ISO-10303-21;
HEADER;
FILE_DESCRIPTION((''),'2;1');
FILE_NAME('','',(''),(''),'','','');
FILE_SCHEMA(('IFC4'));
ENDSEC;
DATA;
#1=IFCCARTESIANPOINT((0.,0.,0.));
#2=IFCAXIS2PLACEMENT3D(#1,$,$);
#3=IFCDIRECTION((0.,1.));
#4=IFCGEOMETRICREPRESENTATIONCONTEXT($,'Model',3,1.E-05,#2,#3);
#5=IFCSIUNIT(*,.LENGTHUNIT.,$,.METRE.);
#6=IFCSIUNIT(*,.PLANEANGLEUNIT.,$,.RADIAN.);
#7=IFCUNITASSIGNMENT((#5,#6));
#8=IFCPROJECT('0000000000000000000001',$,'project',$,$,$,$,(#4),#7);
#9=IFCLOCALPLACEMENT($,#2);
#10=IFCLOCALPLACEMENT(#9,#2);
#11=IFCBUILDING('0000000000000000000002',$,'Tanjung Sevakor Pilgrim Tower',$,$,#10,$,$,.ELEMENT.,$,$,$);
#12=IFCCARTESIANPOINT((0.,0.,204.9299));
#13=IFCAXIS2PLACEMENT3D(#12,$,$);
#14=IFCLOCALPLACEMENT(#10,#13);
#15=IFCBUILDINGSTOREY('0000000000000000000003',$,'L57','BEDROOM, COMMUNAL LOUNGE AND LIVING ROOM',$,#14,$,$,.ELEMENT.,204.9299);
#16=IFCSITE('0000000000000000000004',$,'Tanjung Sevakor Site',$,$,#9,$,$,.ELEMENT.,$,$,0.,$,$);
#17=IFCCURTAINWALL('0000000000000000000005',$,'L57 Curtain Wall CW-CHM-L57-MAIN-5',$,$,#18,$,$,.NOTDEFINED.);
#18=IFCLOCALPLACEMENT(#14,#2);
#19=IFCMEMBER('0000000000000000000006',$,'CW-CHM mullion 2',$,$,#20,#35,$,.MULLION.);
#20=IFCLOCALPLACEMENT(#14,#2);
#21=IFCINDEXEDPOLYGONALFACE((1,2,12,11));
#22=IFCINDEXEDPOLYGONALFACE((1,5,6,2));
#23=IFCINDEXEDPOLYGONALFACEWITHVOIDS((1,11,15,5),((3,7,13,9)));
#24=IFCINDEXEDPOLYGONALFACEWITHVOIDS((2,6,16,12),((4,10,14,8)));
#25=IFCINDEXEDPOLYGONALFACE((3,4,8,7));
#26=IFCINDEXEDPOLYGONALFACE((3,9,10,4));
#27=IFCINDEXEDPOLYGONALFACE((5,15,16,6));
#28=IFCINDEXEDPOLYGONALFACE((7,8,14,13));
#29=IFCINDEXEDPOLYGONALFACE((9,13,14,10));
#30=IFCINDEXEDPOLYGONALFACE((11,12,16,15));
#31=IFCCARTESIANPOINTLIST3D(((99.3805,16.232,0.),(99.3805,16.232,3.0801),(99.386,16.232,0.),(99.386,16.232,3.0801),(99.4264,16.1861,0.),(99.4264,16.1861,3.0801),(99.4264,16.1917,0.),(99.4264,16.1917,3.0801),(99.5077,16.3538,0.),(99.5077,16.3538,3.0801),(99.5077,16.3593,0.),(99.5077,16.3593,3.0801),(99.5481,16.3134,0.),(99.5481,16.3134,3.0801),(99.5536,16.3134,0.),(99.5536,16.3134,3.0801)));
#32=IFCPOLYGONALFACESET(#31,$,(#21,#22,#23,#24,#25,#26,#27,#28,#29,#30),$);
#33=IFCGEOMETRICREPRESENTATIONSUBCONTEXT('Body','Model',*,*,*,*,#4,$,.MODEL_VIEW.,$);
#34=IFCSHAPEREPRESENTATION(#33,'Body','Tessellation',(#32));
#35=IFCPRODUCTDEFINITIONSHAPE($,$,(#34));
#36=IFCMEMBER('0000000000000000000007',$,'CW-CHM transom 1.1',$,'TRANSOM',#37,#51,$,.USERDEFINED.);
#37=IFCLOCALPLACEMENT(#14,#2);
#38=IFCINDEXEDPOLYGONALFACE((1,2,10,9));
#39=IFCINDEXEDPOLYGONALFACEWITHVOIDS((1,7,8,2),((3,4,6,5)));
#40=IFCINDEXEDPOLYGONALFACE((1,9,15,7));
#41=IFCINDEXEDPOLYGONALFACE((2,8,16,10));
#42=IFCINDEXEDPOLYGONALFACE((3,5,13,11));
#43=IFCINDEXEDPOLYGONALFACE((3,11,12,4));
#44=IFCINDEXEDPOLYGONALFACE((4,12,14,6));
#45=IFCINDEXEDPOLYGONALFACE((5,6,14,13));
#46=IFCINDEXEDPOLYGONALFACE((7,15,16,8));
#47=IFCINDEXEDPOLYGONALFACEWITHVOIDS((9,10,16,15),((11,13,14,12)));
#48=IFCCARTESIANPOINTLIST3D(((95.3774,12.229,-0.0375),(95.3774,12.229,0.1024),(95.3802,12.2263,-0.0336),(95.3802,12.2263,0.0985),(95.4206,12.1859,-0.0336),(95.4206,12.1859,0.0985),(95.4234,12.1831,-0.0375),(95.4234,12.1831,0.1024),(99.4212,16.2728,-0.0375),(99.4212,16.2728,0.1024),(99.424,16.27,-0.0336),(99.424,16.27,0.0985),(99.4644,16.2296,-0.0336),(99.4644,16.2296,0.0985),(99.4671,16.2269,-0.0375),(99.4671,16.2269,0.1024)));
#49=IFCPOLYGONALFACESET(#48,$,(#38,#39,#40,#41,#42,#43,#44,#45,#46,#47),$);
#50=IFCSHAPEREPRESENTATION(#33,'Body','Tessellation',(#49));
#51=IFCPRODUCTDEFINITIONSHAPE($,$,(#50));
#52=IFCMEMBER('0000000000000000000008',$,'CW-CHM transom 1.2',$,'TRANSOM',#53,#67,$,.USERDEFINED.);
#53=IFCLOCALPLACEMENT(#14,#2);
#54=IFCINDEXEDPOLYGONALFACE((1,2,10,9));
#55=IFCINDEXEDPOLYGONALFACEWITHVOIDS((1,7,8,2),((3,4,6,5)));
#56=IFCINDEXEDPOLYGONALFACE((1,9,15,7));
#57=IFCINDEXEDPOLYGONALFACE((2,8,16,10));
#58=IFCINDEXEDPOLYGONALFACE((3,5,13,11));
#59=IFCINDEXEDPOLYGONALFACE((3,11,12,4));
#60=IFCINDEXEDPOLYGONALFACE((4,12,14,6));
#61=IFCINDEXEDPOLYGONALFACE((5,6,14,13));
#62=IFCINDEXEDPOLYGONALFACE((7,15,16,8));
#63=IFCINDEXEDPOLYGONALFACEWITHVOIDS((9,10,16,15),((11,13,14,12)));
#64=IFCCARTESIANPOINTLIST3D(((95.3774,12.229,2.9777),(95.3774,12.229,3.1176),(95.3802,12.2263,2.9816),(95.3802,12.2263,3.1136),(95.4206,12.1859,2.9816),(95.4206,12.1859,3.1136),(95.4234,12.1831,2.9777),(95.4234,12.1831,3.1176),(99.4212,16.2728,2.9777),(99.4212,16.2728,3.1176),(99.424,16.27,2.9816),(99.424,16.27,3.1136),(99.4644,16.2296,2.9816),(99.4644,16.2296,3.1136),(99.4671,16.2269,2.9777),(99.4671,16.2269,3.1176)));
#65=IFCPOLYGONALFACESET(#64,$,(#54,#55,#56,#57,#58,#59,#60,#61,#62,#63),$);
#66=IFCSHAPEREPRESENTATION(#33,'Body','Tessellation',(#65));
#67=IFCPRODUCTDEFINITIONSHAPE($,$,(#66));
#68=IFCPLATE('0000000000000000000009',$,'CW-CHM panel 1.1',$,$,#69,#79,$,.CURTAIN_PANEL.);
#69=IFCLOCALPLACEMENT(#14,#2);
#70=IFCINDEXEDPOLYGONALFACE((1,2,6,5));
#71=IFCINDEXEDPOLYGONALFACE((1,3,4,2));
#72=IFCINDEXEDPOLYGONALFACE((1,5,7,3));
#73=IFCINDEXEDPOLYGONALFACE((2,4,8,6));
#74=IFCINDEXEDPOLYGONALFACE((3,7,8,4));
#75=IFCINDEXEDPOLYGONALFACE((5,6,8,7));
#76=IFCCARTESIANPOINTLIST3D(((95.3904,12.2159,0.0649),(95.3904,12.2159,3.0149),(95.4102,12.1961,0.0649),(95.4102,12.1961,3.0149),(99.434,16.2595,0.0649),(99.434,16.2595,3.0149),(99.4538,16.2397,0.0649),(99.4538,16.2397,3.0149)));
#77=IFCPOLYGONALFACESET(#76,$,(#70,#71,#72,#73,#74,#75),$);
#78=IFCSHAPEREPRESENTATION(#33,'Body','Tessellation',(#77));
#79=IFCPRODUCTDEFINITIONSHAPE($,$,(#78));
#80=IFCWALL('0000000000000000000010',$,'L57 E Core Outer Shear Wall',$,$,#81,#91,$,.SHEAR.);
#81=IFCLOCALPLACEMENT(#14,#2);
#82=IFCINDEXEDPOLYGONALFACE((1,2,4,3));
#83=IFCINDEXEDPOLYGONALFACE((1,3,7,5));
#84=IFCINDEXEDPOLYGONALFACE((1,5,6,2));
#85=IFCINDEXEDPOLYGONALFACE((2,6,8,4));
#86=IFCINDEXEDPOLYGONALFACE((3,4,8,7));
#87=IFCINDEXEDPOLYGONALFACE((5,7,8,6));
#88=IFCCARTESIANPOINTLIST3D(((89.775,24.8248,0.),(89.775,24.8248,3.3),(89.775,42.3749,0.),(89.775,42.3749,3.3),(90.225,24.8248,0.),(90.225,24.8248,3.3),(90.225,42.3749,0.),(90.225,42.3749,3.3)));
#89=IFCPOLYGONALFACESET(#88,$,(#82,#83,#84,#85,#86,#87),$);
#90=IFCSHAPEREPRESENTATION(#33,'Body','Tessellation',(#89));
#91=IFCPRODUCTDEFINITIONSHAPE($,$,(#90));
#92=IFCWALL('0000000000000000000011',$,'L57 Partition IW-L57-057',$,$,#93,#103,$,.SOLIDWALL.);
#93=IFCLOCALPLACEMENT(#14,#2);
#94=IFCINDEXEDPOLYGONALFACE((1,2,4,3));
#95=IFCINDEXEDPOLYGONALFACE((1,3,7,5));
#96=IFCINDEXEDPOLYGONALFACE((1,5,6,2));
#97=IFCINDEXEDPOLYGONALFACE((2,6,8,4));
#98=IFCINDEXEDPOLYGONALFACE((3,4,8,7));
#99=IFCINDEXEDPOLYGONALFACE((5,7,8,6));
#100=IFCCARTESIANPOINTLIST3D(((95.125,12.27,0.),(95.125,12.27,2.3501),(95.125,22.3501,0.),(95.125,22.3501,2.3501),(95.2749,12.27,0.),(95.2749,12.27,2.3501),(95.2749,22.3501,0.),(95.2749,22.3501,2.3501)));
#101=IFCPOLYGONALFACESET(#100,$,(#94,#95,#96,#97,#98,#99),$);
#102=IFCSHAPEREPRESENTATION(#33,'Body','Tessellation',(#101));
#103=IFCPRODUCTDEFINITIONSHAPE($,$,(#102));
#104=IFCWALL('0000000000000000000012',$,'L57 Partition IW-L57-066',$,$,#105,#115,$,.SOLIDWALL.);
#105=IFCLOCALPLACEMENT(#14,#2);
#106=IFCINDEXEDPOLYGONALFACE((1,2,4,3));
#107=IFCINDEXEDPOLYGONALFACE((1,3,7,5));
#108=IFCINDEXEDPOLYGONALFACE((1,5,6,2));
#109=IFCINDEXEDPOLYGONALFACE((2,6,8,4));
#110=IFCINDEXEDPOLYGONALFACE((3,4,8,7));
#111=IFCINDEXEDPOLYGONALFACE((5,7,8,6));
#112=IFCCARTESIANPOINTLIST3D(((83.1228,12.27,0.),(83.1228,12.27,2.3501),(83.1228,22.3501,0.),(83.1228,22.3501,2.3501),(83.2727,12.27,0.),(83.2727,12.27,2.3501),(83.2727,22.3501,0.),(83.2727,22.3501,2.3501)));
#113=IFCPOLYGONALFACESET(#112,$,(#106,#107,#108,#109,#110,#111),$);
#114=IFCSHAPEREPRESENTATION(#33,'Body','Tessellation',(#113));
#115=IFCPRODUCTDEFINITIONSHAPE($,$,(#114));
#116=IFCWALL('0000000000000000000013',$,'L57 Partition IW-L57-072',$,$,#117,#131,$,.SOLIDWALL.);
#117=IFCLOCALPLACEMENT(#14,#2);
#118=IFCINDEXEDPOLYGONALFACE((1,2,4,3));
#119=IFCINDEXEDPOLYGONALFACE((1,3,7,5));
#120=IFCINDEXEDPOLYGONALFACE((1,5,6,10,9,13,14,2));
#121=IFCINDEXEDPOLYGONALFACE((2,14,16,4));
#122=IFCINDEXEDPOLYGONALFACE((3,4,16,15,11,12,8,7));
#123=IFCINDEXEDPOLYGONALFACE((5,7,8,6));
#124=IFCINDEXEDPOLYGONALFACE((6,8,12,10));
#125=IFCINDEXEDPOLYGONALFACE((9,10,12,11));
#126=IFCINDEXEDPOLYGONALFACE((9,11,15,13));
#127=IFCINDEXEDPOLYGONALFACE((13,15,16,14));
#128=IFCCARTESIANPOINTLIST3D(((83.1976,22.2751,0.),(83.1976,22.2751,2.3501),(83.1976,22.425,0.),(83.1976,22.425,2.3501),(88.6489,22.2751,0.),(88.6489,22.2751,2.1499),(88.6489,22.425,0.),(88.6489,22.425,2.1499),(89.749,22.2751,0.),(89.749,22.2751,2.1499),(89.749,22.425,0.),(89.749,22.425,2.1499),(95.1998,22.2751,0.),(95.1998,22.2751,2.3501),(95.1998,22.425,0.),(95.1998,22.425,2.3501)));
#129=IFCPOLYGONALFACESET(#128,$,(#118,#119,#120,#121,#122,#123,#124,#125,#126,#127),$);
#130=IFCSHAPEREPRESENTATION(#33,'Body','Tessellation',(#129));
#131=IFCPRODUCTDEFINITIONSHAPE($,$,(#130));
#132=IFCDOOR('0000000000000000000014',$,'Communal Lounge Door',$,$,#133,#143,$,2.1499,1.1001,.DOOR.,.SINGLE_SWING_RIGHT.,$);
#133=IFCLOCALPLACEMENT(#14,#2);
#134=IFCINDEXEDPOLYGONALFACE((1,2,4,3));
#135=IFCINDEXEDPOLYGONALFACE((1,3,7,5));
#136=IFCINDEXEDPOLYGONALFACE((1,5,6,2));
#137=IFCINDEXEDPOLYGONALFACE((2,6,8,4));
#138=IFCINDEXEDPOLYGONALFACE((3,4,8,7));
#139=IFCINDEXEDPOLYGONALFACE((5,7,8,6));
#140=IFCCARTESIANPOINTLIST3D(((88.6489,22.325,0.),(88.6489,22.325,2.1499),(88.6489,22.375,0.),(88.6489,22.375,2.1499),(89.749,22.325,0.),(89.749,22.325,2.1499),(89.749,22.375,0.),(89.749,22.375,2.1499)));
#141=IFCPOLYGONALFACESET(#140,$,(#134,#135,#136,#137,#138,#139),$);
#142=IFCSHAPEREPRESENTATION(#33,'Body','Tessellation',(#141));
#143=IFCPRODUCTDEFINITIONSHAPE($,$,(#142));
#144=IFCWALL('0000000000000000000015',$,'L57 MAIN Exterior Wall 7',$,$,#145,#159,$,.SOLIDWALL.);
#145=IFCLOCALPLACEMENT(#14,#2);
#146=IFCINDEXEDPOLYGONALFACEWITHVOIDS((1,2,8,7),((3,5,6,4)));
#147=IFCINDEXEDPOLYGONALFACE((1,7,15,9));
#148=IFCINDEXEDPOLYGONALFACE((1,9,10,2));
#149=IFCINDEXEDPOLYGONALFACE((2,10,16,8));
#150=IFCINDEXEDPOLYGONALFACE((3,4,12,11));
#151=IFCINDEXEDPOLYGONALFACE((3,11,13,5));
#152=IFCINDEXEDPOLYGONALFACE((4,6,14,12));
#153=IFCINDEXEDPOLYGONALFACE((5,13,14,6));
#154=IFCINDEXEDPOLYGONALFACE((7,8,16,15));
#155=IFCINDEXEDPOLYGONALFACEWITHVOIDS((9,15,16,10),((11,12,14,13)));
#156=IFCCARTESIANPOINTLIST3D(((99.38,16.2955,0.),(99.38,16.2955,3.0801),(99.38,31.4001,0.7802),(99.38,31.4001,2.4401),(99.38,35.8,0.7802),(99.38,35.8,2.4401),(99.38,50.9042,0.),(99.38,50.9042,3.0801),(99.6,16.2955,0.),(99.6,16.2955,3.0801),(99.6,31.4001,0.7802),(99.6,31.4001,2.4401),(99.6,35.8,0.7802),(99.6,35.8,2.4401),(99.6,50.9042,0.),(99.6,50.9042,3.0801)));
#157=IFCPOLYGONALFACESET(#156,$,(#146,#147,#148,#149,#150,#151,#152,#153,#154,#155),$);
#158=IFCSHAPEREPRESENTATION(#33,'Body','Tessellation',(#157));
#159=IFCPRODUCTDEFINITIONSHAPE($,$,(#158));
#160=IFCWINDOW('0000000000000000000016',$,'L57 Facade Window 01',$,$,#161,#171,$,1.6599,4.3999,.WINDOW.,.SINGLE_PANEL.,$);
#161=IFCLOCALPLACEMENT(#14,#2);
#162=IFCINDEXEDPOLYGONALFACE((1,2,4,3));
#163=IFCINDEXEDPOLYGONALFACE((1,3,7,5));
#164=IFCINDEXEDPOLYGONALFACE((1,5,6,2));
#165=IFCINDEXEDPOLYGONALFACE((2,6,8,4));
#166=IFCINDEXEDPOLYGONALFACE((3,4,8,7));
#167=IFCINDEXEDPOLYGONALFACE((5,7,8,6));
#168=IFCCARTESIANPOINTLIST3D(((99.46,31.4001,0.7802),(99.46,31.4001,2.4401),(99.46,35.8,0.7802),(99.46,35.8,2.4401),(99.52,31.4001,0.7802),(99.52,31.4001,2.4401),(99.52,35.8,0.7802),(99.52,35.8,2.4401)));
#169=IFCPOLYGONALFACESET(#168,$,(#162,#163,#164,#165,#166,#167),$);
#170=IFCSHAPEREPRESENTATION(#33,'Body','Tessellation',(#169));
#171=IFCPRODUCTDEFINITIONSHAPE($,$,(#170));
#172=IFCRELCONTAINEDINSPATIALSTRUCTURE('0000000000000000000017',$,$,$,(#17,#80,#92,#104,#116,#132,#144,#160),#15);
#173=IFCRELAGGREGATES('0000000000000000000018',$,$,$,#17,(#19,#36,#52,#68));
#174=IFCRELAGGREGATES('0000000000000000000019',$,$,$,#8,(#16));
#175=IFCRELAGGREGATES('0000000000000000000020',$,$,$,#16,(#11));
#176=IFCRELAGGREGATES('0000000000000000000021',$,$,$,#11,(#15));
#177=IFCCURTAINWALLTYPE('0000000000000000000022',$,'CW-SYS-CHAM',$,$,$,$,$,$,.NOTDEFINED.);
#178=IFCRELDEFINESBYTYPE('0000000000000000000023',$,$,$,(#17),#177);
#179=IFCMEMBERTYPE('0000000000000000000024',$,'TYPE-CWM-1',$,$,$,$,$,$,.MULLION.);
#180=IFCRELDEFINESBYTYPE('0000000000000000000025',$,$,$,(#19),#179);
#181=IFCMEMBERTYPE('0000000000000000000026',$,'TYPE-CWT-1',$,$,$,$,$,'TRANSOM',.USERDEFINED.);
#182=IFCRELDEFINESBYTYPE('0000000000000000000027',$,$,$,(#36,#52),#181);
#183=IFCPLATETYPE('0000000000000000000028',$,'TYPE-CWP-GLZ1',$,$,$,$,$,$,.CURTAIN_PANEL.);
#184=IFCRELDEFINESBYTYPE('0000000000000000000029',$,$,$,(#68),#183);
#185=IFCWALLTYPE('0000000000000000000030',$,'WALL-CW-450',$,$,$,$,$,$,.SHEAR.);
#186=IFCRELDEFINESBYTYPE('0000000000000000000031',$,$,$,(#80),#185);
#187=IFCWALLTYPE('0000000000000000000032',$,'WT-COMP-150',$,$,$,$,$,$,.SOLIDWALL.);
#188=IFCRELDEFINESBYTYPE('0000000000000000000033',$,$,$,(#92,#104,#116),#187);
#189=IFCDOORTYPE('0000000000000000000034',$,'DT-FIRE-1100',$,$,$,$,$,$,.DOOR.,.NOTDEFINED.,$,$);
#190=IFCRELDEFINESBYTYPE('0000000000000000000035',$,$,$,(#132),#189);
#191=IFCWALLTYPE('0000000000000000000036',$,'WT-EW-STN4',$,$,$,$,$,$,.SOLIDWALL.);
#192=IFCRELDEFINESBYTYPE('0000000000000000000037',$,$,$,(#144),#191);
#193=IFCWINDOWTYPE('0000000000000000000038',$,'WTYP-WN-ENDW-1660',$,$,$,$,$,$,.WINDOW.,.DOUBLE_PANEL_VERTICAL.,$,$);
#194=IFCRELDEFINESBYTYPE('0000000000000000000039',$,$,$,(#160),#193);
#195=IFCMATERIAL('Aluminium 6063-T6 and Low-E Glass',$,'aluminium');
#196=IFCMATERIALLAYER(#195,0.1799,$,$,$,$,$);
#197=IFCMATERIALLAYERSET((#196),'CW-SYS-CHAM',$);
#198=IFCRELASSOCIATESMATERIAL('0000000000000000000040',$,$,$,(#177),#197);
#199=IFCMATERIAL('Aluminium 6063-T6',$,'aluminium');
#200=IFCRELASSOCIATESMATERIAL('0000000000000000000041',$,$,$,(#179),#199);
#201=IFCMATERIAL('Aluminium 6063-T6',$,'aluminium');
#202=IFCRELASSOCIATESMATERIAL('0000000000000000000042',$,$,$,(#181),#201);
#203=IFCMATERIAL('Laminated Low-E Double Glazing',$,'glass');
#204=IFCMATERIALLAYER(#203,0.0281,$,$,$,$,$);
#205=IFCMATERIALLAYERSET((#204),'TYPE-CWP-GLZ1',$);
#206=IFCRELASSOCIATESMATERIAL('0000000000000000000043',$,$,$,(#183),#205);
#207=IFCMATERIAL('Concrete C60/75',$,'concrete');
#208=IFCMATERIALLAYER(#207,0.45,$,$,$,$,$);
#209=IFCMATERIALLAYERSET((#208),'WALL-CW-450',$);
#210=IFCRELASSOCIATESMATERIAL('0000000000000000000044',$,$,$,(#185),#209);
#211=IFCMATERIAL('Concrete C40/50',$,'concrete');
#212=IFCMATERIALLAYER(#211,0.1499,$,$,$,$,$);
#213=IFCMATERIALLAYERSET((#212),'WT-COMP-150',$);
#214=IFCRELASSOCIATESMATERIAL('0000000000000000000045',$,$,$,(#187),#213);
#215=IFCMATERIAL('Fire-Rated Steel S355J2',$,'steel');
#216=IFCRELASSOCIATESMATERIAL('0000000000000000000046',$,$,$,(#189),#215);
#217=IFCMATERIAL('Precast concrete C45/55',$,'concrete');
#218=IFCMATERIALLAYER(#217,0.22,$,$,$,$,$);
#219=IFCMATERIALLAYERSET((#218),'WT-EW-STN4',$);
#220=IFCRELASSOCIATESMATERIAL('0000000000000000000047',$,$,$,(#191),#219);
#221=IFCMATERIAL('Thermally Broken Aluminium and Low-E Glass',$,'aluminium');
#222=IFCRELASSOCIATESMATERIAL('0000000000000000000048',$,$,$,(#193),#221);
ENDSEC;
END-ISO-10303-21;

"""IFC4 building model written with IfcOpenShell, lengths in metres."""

from ifc_helpers import new_model, si_unit, direction, frame, frame_2d, origin, origin_2d, place, context, subcontext, project, spatial, rectangle, hollow_rectangle, extrude, material, layer, layer_set, material_profile, profile_set, type_object, element, fill, aggregate, save


model = new_model("IFC4")

# Units and contexts
model_context = context("Model", 3, precision=1e-05, world=origin(), true_north=direction((0.0, 1.0)))
body_context = subcontext(model_context, "Body", "Model", "MODEL_VIEW")
ifc_project = project(units=[si_unit("LENGTHUNIT", "METRE"), si_unit("PLANEANGLEUNIT", "RADIAN")], contexts=[model_context])

# Site, building, storey
site_placement = place(None, origin())
site = spatial("IfcSite", under=ifc_project, at=site_placement, Name="Tanjung Sevakor Site", CompositionType="ELEMENT", RefElevation=0.0)
building_placement = place(site_placement, origin())
building = spatial("IfcBuilding", under=site, at=building_placement, Name="Tanjung Sevakor Pilgrim Tower", CompositionType="ELEMENT")
storey_placement = place(building_placement, frame((0.0, 0.0, 204.9299)))
storey = spatial("IfcBuildingStorey", under=building, at=storey_placement, Name="L57", Description="BEDROOM, COMMUNAL LOUNGE AND LIVING ROOM", CompositionType="ELEMENT", Elevation=204.9299)

# Curtain wall, members, plate
ifc_material_1 = material(Name="Aluminium 6063-T6 and Low-E Glass", Category="aluminium")
ifc_layer_1 = layer(ifc_material_1, 0.1799)
ifc_layer_set_1 = layer_set([ifc_layer_1], Name="CW-SYS-CHAM")
curtain_wall_type = type_object("IfcCurtainWallType", Name="CW-SYS-CHAM", PredefinedType="NOTDEFINED", material=ifc_layer_set_1)
curtain_wall_placement = place(storey_placement, origin())
curtain_wall = element("IfcCurtainWall", 1, at=curtain_wall_placement, inside=storey, type_object=curtain_wall_type, Name="L57 Curtain Wall CW-CHM-L57-MAIN-5", PredefinedType="NOTDEFINED")
ifc_material_2 = material(Name="Aluminium 6063-T6", Category="aluminium")
ifc_material_profile_1 = material_profile(ifc_material_2, hollow_rectangle(XDim=0.0649, YDim=0.1799, WallThickness=0.0039, at=origin_2d()))
ifc_profile_set_1 = profile_set([ifc_material_profile_1], Name="Aluminium 6063-T6")
member_type_1 = type_object("IfcMemberType", Name="TYPE-CWM-1", PredefinedType="MULLION", material=ifc_profile_set_1)
member_1_placement = place(storey_placement, frame((99.467, 16.2727, 0.0), z_axis=(0.0, 0.0, 1.0), x_axis=(-0.707107, 0.707107, 0.0)))
member_1 = element("IfcMember", 2, at=member_1_placement, type_object=member_type_1, Name="CW-CHM mullion 2", PredefinedType="MULLION", context=body_context, shape_type="SweptSolid", body=[
    extrude(hollow_rectangle(XDim=0.0649, YDim=0.1799, WallThickness=0.0039, at=origin_2d()), origin(), (0.0, 0.0, 1.0), 3.0801),
])
ifc_material_3 = material(Name="Aluminium 6063-T6", Category="aluminium")
ifc_material_profile_2 = material_profile(ifc_material_3, hollow_rectangle(XDim=0.0649, YDim=0.1399, WallThickness=0.0039, at=origin_2d()))
ifc_profile_set_2 = profile_set([ifc_material_profile_2], Name="Aluminium 6063-T6")
member_type_2 = type_object("IfcMemberType", Name="TYPE-CWT-1", ElementType="TRANSOM", PredefinedType="USERDEFINED", material=ifc_profile_set_2)
member_2_placement = place(storey_placement, frame((95.4004, 12.2061, 0.0325), z_axis=(0.707107, 0.707107, 0.0), x_axis=(-0.707107, 0.707107, 0.0)))
member_2 = element("IfcMember", 3, at=member_2_placement, type_object=member_type_2, Name="CW-CHM transom 1.1", ObjectType="TRANSOM", PredefinedType="USERDEFINED", context=body_context, shape_type="SweptSolid", body=[
    extrude(hollow_rectangle(XDim=0.0649, YDim=0.1399, WallThickness=0.0039, at=origin_2d()), origin(), (0.0, 0.0, 1.0), 5.7188),
])
member_3_placement = place(storey_placement, frame((95.4004, 12.2061, 3.0476), z_axis=(0.707107, 0.707107, 0.0), x_axis=(-0.707107, 0.707107, 0.0)))
member_3 = element("IfcMember", 4, at=member_3_placement, type_object=member_type_2, Name="CW-CHM transom 1.2", ObjectType="TRANSOM", PredefinedType="USERDEFINED", context=body_context, shape_type="SweptSolid", body=[
    extrude(hollow_rectangle(XDim=0.0649, YDim=0.1399, WallThickness=0.0039, at=origin_2d()), origin(), (0.0, 0.0, 1.0), 5.7188),
])
ifc_material_4 = material(Name="Laminated Low-E Double Glazing", Category="glass")
ifc_layer_2 = layer(ifc_material_4, 0.0281)
ifc_layer_set_2 = layer_set([ifc_layer_2], Name="TYPE-CWP-GLZ1")
plate_type = type_object("IfcPlateType", Name="TYPE-CWP-GLZ1", PredefinedType="CURTAIN_PANEL", material=ifc_layer_set_2)
plate_placement = place(storey_placement, frame((97.4221, 14.2278, 0.0649), z_axis=(0.0, 0.0, 1.0), x_axis=(0.707107, 0.707107, 0.0)))
plate = element("IfcPlate", 5, at=plate_placement, type_object=plate_type, Name="CW-CHM panel 1.1", PredefinedType="CURTAIN_PANEL", context=body_context, shape_type="SweptSolid", body=[
    extrude(rectangle(XDim=5.7185, YDim=0.0281, at=origin_2d()), origin(), (0.0, 0.0, 1.0), 2.95),
])
aggregate(curtain_wall, [member_1, member_2, member_3, plate])

# Wall
ifc_material_5 = material(Name="Concrete C60/75", Category="concrete")
ifc_layer_3 = layer(ifc_material_5, 0.45)
ifc_layer_set_3 = layer_set([ifc_layer_3], Name="WALL-CW-450")
wall_type_1 = type_object("IfcWallType", Name="WALL-CW-450", PredefinedType="SHEAR", material=ifc_layer_set_3)
wall_1_placement = place(storey_placement, frame((90.0, 24.825, 0.0), z_axis=(0.0, 0.0, 1.0), x_axis=(0.0, 1.0, 0.0)))
element("IfcWall", 6, at=wall_1_placement, inside=storey, type_object=wall_type_1, Name="L57 E Core Outer Shear Wall", PredefinedType="SHEAR", context=body_context, shape_type="SweptSolid", body=[
    extrude(rectangle(XDim=17.55, YDim=0.45, at=frame_2d((8.7749, 0.0))), origin(), (0.0, 0.0, 1.0), 3.3),
])

# Walls
ifc_material_6 = material(Name="Concrete C40/50", Category="concrete")
ifc_layer_4 = layer(ifc_material_6, 0.1499)
ifc_layer_set_4 = layer_set([ifc_layer_4], Name="WT-COMP-150")
wall_type_2 = type_object("IfcWallType", Name="WT-COMP-150", PredefinedType="SOLIDWALL", material=ifc_layer_set_4)
for number, where, z_axis, x_axis, name in (
    (7, (95.2, 12.27, 0.0), (0.0, 0.0, 1.0), (0.0, 1.0, 0.0), "L57 Partition IW-L57-057"),
    (8, (83.1978, 12.27, 0.0), (0.0, 0.0, 1.0), (0.0, 1.0, 0.0), "L57 Partition IW-L57-066"),
):
    element("IfcWall", number, at=place(storey_placement, frame(where, z_axis=z_axis, x_axis=x_axis)), inside=storey, type_object=wall_type_2, Name=name, PredefinedType="SOLIDWALL", context=body_context, shape_type="SweptSolid", body=[
        extrude(rectangle(XDim=10.0801, YDim=0.1499, at=frame_2d((5.04, 0.0))), origin(), (0.0, 0.0, 1.0), 2.3501),
    ])

# Wall, opening, door
wall_2_placement = place(storey_placement, frame((83.1978, 22.3501, 0.0), z_axis=(0.0, 0.0, 1.0), x_axis=(1.0, 0.0, 0.0)))
wall_2 = element("IfcWall", 9, at=wall_2_placement, inside=storey, type_object=wall_type_2, Name="L57 Partition IW-L57-072", PredefinedType="SOLIDWALL", context=body_context, shape_type="SweptSolid", body=[
    extrude(rectangle(XDim=12.0022, YDim=0.1499, at=frame_2d((6.001, 0.0))), origin(), (0.0, 0.0, 1.0), 2.3501),
])
opening_1_placement = place(wall_2_placement, frame((5.4512, 0.0, 0.0)))
opening_1 = element("IfcOpeningElement", 10, at=opening_1_placement, cuts=wall_2, PredefinedType="OPENING", context=body_context, shape_type="SweptSolid", body=[
    extrude(rectangle(XDim=1.1001, YDim=2.1499, at=frame_2d((0.55, 1.075))), frame((0.0, 0.085, 0.0), z_axis=(0.0, -1.0, 0.0), x_axis=(1.0, 0.0, 0.0)), (0.0, 0.0, 1.0), 0.1699),
])
ifc_material_7 = material(Name="Fire-Rated Steel S355J2", Category="steel")
door_type_1 = type_object("IfcDoorType", Name="DT-FIRE-1100", OperationType="NOTDEFINED", PredefinedType="DOOR", material=ifc_material_7)
door_1_placement = place(opening_1_placement, origin())
door_1 = element("IfcDoor", 11, at=door_1_placement, inside=storey, type_object=door_type_1, Name="Communal Lounge Door", OperationType="SINGLE_SWING_RIGHT", OverallHeight=2.1499, OverallWidth=1.1001, PredefinedType="DOOR", context=body_context, shape_type="SweptSolid", body=[
    extrude(rectangle(XDim=1.1001, YDim=2.1499, at=frame_2d((0.55, 1.075))), frame((0.0, 0.0249, 0.0), z_axis=(0.0, -1.0, 0.0), x_axis=(1.0, 0.0, 0.0)), (0.0, 0.0, 1.0), 0.05),
])
fill(opening_1, door_1)

# Wall, opening, window
ifc_material_8 = material(Name="Precast concrete C45/55", Category="concrete")
ifc_layer_5 = layer(ifc_material_8, 0.22)
ifc_layer_set_5 = layer_set([ifc_layer_5], Name="WT-EW-STN4")
wall_type_3 = type_object("IfcWallType", Name="WT-EW-STN4", PredefinedType="SOLIDWALL", material=ifc_layer_set_5)
wall_3_placement = place(storey_placement, frame((99.49, 16.2957, 0.0), z_axis=(0.0, 0.0, 1.0), x_axis=(0.0, 1.0, 0.0)))
wall_3 = element("IfcWall", 12, at=wall_3_placement, inside=storey, type_object=wall_type_3, Name="L57 MAIN Exterior Wall 7", PredefinedType="SOLIDWALL", context=body_context, shape_type="SweptSolid", body=[
    extrude(rectangle(XDim=34.6086, YDim=0.22, at=frame_2d((17.3042, 0.0))), origin(), (0.0, 0.0, 1.0), 3.0801),
])
opening_2_placement = place(wall_3_placement, frame((15.1045, 0.0, 0.78)))
opening_2 = element("IfcOpeningElement", 13, at=opening_2_placement, cuts=wall_3, PredefinedType="OPENING", context=body_context, shape_type="SweptSolid", body=[
    extrude(rectangle(XDim=4.3999, YDim=1.6599, at=frame_2d((2.2, 0.8301))), frame((0.0, 0.1199, 0.0), z_axis=(0.0, -1.0, 0.0), x_axis=(1.0, 0.0, 0.0)), (0.0, 0.0, 1.0), 0.24),
])
ifc_material_9 = material(Name="Thermally Broken Aluminium and Low-E Glass", Category="aluminium")
window_type = type_object("IfcWindowType", Name="WTYP-WN-ENDW-1660", PartitioningType="DOUBLE_PANEL_VERTICAL", PredefinedType="WINDOW", material=ifc_material_9)
window_placement = place(opening_2_placement, origin())
window = element("IfcWindow", 14, at=window_placement, inside=storey, type_object=window_type, Name="L57 Facade Window 01", OverallHeight=1.6599, OverallWidth=4.3999, PartitioningType="SINGLE_PANEL", PredefinedType="WINDOW", context=body_context, shape_type="SweptSolid", body=[
    extrude(rectangle(XDim=4.3999, YDim=1.6599, at=frame_2d((2.2, 0.8301))), frame((0.0, 0.03, 0.0), z_axis=(0.0, -1.0, 0.0), x_axis=(1.0, 0.0, 0.0)), (0.0, 0.0, 1.0), 0.0601),
])
fill(opening_2, window)

save(model, "model.ifc")
